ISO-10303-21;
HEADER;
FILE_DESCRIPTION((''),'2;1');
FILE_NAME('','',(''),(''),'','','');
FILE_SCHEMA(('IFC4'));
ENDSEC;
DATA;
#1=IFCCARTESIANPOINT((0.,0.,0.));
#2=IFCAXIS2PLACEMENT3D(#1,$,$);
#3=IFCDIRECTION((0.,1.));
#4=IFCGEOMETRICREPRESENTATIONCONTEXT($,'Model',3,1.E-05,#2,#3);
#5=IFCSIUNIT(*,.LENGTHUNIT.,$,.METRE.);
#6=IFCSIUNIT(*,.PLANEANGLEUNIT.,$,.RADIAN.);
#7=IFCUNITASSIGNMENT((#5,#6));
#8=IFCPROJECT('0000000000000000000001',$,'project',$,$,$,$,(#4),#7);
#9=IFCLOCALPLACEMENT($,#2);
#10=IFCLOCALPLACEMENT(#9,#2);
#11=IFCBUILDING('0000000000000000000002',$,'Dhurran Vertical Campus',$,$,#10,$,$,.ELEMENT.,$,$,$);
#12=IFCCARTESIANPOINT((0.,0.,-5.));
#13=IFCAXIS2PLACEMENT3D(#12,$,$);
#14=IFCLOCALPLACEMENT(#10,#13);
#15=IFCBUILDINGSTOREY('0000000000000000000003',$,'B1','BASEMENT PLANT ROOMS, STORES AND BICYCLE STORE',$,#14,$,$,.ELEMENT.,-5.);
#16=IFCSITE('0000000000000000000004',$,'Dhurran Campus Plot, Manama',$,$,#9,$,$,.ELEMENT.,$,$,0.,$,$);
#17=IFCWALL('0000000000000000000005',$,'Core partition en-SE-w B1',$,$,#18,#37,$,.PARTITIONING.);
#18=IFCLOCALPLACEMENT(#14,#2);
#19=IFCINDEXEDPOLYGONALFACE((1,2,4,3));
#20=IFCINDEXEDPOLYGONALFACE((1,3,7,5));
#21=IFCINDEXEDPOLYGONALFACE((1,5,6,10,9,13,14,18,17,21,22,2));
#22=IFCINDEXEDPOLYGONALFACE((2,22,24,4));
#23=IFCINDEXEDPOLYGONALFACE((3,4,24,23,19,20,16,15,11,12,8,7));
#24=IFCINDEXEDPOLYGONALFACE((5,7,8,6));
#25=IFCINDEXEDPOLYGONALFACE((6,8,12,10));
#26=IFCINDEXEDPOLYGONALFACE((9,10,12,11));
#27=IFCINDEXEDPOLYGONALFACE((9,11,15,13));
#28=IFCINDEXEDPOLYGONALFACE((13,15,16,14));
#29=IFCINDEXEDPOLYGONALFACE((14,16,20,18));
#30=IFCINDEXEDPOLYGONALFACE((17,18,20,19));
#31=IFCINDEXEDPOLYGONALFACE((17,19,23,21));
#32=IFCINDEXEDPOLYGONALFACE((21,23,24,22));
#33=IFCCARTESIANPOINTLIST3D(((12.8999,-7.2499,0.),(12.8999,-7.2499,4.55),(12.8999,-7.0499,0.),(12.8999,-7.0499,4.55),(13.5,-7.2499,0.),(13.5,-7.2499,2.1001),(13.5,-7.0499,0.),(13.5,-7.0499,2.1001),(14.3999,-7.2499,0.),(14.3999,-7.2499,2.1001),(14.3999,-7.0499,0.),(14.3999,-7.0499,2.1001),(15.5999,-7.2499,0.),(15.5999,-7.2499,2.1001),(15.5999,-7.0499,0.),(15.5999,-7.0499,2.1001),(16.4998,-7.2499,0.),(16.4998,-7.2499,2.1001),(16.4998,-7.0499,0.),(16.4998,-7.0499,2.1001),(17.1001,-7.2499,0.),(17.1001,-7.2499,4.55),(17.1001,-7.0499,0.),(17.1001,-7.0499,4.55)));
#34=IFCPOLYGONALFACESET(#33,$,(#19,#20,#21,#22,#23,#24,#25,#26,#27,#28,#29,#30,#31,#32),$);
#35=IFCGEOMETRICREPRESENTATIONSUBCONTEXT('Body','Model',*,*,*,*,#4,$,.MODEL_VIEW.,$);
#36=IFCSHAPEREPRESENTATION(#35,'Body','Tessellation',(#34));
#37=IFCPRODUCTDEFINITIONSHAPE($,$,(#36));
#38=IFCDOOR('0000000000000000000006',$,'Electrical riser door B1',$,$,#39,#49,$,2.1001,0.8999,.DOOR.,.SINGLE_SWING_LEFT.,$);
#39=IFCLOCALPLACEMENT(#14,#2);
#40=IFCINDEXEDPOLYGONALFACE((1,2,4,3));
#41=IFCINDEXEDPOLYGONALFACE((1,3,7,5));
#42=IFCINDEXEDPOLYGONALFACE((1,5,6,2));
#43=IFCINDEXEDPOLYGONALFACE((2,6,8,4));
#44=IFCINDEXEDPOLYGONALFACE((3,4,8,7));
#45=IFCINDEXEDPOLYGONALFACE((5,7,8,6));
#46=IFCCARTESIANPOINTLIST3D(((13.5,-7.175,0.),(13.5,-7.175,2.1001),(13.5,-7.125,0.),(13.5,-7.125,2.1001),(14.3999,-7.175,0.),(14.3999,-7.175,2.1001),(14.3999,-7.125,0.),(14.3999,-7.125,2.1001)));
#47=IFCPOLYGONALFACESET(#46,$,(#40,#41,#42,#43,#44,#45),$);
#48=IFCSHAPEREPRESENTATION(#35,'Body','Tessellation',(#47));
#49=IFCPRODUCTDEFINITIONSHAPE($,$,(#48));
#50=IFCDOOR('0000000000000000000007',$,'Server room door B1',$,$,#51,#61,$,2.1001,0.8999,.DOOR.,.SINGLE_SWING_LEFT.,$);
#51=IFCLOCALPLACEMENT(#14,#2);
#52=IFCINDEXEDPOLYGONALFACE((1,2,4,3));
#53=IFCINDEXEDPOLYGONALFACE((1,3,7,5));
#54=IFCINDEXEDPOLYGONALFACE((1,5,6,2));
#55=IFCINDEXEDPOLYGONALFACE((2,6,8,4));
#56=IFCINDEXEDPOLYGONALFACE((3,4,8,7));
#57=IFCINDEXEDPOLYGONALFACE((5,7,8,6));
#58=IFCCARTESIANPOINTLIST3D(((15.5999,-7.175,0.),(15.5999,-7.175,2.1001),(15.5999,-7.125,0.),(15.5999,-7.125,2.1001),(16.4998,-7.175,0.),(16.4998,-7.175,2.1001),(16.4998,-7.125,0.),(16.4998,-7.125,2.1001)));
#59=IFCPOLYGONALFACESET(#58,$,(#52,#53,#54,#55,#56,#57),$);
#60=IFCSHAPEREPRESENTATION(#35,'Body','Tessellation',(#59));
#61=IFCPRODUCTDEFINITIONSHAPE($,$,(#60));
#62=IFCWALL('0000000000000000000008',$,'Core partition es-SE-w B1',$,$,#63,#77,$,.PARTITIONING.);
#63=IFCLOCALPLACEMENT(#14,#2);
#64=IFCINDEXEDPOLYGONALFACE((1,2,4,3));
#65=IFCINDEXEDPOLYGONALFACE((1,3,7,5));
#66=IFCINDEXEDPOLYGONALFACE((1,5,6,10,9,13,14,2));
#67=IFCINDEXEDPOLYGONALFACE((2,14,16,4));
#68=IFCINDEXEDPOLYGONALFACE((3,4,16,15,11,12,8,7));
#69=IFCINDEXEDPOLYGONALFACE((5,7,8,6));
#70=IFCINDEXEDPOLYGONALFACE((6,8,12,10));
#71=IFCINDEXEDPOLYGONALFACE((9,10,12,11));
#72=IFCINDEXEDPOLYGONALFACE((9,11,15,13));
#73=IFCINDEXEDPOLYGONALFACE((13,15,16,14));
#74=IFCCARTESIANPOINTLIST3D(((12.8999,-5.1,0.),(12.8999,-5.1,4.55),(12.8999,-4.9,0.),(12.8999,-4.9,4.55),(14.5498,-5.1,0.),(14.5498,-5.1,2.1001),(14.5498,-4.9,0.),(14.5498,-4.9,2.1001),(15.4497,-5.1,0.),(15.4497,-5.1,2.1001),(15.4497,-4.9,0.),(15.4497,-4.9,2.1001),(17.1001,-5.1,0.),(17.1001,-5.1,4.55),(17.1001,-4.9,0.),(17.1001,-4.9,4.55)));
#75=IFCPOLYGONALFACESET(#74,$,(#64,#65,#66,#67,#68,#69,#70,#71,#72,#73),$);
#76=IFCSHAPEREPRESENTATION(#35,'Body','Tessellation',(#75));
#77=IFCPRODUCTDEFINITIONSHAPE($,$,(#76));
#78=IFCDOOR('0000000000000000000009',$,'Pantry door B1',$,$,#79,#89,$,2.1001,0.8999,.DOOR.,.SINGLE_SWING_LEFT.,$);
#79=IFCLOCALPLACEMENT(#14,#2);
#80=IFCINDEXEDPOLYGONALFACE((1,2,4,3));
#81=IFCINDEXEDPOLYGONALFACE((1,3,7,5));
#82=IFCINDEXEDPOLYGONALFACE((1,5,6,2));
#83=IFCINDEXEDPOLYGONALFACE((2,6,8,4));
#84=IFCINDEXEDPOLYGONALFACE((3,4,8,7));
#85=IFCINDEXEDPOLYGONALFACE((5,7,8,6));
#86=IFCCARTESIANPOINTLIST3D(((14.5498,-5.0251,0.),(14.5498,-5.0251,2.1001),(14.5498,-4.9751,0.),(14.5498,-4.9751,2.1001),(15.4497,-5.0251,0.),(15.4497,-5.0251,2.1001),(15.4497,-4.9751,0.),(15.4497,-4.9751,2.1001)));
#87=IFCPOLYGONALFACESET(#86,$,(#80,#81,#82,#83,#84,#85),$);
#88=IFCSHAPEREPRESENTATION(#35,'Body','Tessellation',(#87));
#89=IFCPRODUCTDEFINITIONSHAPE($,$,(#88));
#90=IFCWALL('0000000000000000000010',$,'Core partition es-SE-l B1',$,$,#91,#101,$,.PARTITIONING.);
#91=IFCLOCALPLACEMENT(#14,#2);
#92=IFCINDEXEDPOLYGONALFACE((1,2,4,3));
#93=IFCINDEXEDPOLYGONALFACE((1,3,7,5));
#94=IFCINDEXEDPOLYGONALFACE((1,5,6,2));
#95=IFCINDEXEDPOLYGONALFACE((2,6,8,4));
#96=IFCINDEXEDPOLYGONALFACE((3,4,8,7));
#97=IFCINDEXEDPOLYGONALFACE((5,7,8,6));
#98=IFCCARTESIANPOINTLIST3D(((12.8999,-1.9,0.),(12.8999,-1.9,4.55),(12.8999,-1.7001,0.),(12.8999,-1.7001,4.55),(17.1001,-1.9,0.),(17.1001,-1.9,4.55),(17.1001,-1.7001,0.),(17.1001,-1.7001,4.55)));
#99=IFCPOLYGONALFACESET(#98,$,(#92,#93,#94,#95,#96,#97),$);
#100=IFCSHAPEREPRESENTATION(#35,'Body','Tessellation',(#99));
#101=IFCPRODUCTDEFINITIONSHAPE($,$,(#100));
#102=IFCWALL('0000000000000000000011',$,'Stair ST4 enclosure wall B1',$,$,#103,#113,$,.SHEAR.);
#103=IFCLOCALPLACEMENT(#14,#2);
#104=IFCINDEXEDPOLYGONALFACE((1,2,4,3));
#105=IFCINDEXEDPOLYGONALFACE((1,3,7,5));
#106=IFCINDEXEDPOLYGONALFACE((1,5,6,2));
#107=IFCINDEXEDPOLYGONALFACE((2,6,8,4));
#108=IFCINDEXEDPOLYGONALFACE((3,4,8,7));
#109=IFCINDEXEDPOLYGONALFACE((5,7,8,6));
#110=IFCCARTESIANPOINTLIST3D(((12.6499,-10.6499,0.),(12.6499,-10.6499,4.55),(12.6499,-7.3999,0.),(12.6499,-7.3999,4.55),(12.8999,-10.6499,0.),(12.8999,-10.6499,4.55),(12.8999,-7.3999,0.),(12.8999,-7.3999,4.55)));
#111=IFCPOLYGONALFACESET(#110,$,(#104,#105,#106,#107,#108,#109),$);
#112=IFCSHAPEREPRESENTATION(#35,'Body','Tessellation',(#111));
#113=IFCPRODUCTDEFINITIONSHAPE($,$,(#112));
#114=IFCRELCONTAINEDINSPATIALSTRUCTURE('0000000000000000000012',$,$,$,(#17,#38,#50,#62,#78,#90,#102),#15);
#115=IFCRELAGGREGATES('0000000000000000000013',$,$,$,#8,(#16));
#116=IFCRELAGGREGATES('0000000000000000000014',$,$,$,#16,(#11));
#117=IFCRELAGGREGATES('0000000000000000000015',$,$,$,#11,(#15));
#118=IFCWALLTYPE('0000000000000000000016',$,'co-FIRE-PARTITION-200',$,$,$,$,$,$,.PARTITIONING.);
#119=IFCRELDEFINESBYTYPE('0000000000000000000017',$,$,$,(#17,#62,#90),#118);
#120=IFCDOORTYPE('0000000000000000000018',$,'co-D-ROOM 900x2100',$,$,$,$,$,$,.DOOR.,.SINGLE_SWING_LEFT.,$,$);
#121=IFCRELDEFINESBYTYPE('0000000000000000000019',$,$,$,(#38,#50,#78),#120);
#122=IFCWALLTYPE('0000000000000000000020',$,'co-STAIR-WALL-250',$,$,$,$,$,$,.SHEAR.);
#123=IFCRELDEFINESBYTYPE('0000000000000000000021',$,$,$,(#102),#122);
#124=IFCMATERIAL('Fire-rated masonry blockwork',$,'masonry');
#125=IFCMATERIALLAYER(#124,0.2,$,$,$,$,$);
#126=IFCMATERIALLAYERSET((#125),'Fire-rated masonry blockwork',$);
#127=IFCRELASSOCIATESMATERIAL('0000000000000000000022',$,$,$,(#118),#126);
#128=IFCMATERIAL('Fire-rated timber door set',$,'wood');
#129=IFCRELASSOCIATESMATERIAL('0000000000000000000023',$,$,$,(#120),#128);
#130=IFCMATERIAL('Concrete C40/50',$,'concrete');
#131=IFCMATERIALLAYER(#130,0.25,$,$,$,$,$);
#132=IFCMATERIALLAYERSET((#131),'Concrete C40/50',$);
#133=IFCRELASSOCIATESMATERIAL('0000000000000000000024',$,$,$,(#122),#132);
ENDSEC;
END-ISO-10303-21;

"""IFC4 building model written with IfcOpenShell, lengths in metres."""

from ifc_helpers import new_model, si_unit, direction, frame, frame_2d, origin, place, context, subcontext, project, spatial, rectangle, extrude, material, layer, layer_set, type_object, element, fill, save


model = new_model("IFC4")

# Units and contexts
model_context = context("Model", 3, precision=1e-05, world=origin(), true_north=direction((0.0, 1.0)))
body_context = subcontext(model_context, "Body", "Model", "MODEL_VIEW")
ifc_project = project(units=[si_unit("LENGTHUNIT", "METRE"), si_unit("PLANEANGLEUNIT", "RADIAN")], contexts=[model_context])

# Site, building, storey
site_placement = place(None, origin())
site = spatial("IfcSite", under=ifc_project, at=site_placement, Name="Dhurran Campus Plot, Manama", CompositionType="ELEMENT", RefElevation=0.0)
building_placement = place(site_placement, origin())
building = spatial("IfcBuilding", under=site, at=building_placement, Name="Dhurran Vertical Campus", CompositionType="ELEMENT")
storey_placement = place(building_placement, frame((0.0, 0.0, -5.0)))
storey = spatial("IfcBuildingStorey", under=building, at=storey_placement, Name="B1", Description="BASEMENT PLANT ROOMS, STORES AND BICYCLE STORE", CompositionType="ELEMENT", Elevation=-5.0)

# Shared definitions
ifc_material_1 = material(Name="Fire-rated masonry blockwork", Category="masonry")
ifc_layer_1 = layer(ifc_material_1, 0.2)
ifc_layer_set_1 = layer_set([ifc_layer_1], Name="Fire-rated masonry blockwork")
wall_type_1 = type_object("IfcWallType", Name="co-FIRE-PARTITION-200", PredefinedType="PARTITIONING", material=ifc_layer_set_1)

# Wall, openings, doors
wall_1_placement = place(storey_placement, frame((12.8999, -7.1499, 0.0), z_axis=(0.0, 0.0, 1.0), x_axis=(1.0, 0.0, 0.0)))
wall_1 = element("IfcWall", 1, at=wall_1_placement, inside=storey, type_object=wall_type_1, Name="Core partition en-SE-w B1", PredefinedType="PARTITIONING", context=body_context, shape_type="SweptSolid", body=[
    extrude(rectangle(XDim=4.2002, YDim=0.2, at=frame_2d((2.1001, 0.0))), origin(), (0.0, 0.0, 1.0), 4.55),
])
opening_1_placement = place(wall_1_placement, frame((0.6001, 0.0, 0.0)))
opening_1 = element("IfcOpeningElement", 2, at=opening_1_placement, cuts=wall_1, PredefinedType="OPENING", context=body_context, shape_type="SweptSolid", body=[
    extrude(rectangle(XDim=0.8999, YDim=2.1001, at=frame_2d((0.45, 1.05))), frame((0.0, 0.1099, 0.0), z_axis=(0.0, -1.0, 0.0), x_axis=(1.0, 0.0, 0.0)), (0.0, 0.0, 1.0), 0.22),
])
opening_2_placement = place(wall_1_placement, frame((2.7, 0.0, 0.0)))
opening_2 = element("IfcOpeningElement", 3, at=opening_2_placement, cuts=wall_1, PredefinedType="OPENING", context=body_context, shape_type="SweptSolid", body=[
    extrude(rectangle(XDim=0.8999, YDim=2.1001, at=frame_2d((0.45, 1.05))), frame((0.0, 0.1099, 0.0), z_axis=(0.0, -1.0, 0.0), x_axis=(1.0, 0.0, 0.0)), (0.0, 0.0, 1.0), 0.22),
])
ifc_material_2 = material(Name="Fire-rated timber door set", Category="wood")
door_type_1 = type_object("IfcDoorType", Name="co-D-ROOM 900x2100", OperationType="SINGLE_SWING_LEFT", PredefinedType="DOOR", material=ifc_material_2)
door_1_placement = place(opening_1_placement, origin())
door_1 = element("IfcDoor", 4, at=door_1_placement, inside=storey, type_object=door_type_1, Name="Electrical riser door B1", OperationType="SINGLE_SWING_LEFT", OverallHeight=2.1001, OverallWidth=0.8999, PredefinedType="DOOR", context=body_context, shape_type="SweptSolid", body=[
    extrude(rectangle(XDim=0.8999, YDim=2.1001, at=frame_2d((0.45, 1.05))), frame((0.0, 0.0249, 0.0), z_axis=(0.0, -1.0, 0.0), x_axis=(1.0, 0.0, 0.0)), (0.0, 0.0, 1.0), 0.05),
])
fill(opening_1, door_1)
door_2_placement = place(opening_2_placement, origin())
door_2 = element("IfcDoor", 5, at=door_2_placement, inside=storey, type_object=door_type_1, Name="Server room door B1", OperationType="SINGLE_SWING_LEFT", OverallHeight=2.1001, OverallWidth=0.8999, PredefinedType="DOOR", context=body_context, shape_type="SweptSolid", body=[
    extrude(rectangle(XDim=0.8999, YDim=2.1001, at=frame_2d((0.45, 1.05))), frame((0.0, 0.0249, 0.0), z_axis=(0.0, -1.0, 0.0), x_axis=(1.0, 0.0, 0.0)), (0.0, 0.0, 1.0), 0.05),
])
fill(opening_2, door_2)

# Wall, opening, door
wall_2_placement = place(storey_placement, frame((12.8999, -5.0, 0.0), z_axis=(0.0, 0.0, 1.0), x_axis=(1.0, 0.0, 0.0)))
wall_2 = element("IfcWall", 6, at=wall_2_placement, inside=storey, type_object=wall_type_1, Name="Core partition es-SE-w B1", PredefinedType="PARTITIONING", context=body_context, shape_type="SweptSolid", body=[
    extrude(rectangle(XDim=4.2002, YDim=0.2, at=frame_2d((2.1001, 0.0))), origin(), (0.0, 0.0, 1.0), 4.55),
])
opening_3_placement = place(wall_2_placement, frame((1.6499, 0.0, 0.0)))
opening_3 = element("IfcOpeningElement", 7, at=opening_3_placement, cuts=wall_2, PredefinedType="OPENING", context=body_context, shape_type="SweptSolid", body=[
    extrude(rectangle(XDim=0.8999, YDim=2.1001, at=frame_2d((0.45, 1.05))), frame((0.0, 0.1099, 0.0), z_axis=(0.0, -1.0, 0.0), x_axis=(1.0, 0.0, 0.0)), (0.0, 0.0, 1.0), 0.22),
])
door_3_placement = place(opening_3_placement, origin())
door_3 = element("IfcDoor", 8, at=door_3_placement, inside=storey, type_object=door_type_1, Name="Pantry door B1", OperationType="SINGLE_SWING_LEFT", OverallHeight=2.1001, OverallWidth=0.8999, PredefinedType="DOOR", context=body_context, shape_type="SweptSolid", body=[
    extrude(rectangle(XDim=0.8999, YDim=2.1001, at=frame_2d((0.45, 1.05))), frame((0.0, 0.0249, 0.0), z_axis=(0.0, -1.0, 0.0), x_axis=(1.0, 0.0, 0.0)), (0.0, 0.0, 1.0), 0.05),
])
fill(opening_3, door_3)

# Walls
wall_3_placement = place(storey_placement, frame((12.8999, -1.8, 0.0), z_axis=(0.0, 0.0, 1.0), x_axis=(1.0, 0.0, 0.0)))
element("IfcWall", 9, at=wall_3_placement, inside=storey, type_object=wall_type_1, Name="Core partition es-SE-l B1", PredefinedType="PARTITIONING", context=body_context, shape_type="SweptSolid", body=[
    extrude(rectangle(XDim=4.2002, YDim=0.2, at=frame_2d((2.1001, 0.0))), origin(), (0.0, 0.0, 1.0), 4.55),
])
ifc_material_3 = material(Name="Concrete C40/50", Category="concrete")
ifc_layer_2 = layer(ifc_material_3, 0.25)
ifc_layer_set_2 = layer_set([ifc_layer_2], Name="Concrete C40/50")
wall_type_2 = type_object("IfcWallType", Name="co-STAIR-WALL-250", PredefinedType="SHEAR", material=ifc_layer_set_2)
wall_4_placement = place(storey_placement, frame((12.7749, -10.6499, 0.0), z_axis=(0.0, 0.0, 1.0), x_axis=(0.0, 1.0, 0.0)))
element("IfcWall", 10, at=wall_4_placement, inside=storey, type_object=wall_type_2, Name="Stair ST4 enclosure wall B1", PredefinedType="SHEAR", context=body_context, shape_type="SweptSolid", body=[
    extrude(rectangle(XDim=3.25, YDim=0.25, at=frame_2d((1.625, 0.0))), origin(), (0.0, 0.0, 1.0), 4.55),
])

save(model, "model.ifc")
